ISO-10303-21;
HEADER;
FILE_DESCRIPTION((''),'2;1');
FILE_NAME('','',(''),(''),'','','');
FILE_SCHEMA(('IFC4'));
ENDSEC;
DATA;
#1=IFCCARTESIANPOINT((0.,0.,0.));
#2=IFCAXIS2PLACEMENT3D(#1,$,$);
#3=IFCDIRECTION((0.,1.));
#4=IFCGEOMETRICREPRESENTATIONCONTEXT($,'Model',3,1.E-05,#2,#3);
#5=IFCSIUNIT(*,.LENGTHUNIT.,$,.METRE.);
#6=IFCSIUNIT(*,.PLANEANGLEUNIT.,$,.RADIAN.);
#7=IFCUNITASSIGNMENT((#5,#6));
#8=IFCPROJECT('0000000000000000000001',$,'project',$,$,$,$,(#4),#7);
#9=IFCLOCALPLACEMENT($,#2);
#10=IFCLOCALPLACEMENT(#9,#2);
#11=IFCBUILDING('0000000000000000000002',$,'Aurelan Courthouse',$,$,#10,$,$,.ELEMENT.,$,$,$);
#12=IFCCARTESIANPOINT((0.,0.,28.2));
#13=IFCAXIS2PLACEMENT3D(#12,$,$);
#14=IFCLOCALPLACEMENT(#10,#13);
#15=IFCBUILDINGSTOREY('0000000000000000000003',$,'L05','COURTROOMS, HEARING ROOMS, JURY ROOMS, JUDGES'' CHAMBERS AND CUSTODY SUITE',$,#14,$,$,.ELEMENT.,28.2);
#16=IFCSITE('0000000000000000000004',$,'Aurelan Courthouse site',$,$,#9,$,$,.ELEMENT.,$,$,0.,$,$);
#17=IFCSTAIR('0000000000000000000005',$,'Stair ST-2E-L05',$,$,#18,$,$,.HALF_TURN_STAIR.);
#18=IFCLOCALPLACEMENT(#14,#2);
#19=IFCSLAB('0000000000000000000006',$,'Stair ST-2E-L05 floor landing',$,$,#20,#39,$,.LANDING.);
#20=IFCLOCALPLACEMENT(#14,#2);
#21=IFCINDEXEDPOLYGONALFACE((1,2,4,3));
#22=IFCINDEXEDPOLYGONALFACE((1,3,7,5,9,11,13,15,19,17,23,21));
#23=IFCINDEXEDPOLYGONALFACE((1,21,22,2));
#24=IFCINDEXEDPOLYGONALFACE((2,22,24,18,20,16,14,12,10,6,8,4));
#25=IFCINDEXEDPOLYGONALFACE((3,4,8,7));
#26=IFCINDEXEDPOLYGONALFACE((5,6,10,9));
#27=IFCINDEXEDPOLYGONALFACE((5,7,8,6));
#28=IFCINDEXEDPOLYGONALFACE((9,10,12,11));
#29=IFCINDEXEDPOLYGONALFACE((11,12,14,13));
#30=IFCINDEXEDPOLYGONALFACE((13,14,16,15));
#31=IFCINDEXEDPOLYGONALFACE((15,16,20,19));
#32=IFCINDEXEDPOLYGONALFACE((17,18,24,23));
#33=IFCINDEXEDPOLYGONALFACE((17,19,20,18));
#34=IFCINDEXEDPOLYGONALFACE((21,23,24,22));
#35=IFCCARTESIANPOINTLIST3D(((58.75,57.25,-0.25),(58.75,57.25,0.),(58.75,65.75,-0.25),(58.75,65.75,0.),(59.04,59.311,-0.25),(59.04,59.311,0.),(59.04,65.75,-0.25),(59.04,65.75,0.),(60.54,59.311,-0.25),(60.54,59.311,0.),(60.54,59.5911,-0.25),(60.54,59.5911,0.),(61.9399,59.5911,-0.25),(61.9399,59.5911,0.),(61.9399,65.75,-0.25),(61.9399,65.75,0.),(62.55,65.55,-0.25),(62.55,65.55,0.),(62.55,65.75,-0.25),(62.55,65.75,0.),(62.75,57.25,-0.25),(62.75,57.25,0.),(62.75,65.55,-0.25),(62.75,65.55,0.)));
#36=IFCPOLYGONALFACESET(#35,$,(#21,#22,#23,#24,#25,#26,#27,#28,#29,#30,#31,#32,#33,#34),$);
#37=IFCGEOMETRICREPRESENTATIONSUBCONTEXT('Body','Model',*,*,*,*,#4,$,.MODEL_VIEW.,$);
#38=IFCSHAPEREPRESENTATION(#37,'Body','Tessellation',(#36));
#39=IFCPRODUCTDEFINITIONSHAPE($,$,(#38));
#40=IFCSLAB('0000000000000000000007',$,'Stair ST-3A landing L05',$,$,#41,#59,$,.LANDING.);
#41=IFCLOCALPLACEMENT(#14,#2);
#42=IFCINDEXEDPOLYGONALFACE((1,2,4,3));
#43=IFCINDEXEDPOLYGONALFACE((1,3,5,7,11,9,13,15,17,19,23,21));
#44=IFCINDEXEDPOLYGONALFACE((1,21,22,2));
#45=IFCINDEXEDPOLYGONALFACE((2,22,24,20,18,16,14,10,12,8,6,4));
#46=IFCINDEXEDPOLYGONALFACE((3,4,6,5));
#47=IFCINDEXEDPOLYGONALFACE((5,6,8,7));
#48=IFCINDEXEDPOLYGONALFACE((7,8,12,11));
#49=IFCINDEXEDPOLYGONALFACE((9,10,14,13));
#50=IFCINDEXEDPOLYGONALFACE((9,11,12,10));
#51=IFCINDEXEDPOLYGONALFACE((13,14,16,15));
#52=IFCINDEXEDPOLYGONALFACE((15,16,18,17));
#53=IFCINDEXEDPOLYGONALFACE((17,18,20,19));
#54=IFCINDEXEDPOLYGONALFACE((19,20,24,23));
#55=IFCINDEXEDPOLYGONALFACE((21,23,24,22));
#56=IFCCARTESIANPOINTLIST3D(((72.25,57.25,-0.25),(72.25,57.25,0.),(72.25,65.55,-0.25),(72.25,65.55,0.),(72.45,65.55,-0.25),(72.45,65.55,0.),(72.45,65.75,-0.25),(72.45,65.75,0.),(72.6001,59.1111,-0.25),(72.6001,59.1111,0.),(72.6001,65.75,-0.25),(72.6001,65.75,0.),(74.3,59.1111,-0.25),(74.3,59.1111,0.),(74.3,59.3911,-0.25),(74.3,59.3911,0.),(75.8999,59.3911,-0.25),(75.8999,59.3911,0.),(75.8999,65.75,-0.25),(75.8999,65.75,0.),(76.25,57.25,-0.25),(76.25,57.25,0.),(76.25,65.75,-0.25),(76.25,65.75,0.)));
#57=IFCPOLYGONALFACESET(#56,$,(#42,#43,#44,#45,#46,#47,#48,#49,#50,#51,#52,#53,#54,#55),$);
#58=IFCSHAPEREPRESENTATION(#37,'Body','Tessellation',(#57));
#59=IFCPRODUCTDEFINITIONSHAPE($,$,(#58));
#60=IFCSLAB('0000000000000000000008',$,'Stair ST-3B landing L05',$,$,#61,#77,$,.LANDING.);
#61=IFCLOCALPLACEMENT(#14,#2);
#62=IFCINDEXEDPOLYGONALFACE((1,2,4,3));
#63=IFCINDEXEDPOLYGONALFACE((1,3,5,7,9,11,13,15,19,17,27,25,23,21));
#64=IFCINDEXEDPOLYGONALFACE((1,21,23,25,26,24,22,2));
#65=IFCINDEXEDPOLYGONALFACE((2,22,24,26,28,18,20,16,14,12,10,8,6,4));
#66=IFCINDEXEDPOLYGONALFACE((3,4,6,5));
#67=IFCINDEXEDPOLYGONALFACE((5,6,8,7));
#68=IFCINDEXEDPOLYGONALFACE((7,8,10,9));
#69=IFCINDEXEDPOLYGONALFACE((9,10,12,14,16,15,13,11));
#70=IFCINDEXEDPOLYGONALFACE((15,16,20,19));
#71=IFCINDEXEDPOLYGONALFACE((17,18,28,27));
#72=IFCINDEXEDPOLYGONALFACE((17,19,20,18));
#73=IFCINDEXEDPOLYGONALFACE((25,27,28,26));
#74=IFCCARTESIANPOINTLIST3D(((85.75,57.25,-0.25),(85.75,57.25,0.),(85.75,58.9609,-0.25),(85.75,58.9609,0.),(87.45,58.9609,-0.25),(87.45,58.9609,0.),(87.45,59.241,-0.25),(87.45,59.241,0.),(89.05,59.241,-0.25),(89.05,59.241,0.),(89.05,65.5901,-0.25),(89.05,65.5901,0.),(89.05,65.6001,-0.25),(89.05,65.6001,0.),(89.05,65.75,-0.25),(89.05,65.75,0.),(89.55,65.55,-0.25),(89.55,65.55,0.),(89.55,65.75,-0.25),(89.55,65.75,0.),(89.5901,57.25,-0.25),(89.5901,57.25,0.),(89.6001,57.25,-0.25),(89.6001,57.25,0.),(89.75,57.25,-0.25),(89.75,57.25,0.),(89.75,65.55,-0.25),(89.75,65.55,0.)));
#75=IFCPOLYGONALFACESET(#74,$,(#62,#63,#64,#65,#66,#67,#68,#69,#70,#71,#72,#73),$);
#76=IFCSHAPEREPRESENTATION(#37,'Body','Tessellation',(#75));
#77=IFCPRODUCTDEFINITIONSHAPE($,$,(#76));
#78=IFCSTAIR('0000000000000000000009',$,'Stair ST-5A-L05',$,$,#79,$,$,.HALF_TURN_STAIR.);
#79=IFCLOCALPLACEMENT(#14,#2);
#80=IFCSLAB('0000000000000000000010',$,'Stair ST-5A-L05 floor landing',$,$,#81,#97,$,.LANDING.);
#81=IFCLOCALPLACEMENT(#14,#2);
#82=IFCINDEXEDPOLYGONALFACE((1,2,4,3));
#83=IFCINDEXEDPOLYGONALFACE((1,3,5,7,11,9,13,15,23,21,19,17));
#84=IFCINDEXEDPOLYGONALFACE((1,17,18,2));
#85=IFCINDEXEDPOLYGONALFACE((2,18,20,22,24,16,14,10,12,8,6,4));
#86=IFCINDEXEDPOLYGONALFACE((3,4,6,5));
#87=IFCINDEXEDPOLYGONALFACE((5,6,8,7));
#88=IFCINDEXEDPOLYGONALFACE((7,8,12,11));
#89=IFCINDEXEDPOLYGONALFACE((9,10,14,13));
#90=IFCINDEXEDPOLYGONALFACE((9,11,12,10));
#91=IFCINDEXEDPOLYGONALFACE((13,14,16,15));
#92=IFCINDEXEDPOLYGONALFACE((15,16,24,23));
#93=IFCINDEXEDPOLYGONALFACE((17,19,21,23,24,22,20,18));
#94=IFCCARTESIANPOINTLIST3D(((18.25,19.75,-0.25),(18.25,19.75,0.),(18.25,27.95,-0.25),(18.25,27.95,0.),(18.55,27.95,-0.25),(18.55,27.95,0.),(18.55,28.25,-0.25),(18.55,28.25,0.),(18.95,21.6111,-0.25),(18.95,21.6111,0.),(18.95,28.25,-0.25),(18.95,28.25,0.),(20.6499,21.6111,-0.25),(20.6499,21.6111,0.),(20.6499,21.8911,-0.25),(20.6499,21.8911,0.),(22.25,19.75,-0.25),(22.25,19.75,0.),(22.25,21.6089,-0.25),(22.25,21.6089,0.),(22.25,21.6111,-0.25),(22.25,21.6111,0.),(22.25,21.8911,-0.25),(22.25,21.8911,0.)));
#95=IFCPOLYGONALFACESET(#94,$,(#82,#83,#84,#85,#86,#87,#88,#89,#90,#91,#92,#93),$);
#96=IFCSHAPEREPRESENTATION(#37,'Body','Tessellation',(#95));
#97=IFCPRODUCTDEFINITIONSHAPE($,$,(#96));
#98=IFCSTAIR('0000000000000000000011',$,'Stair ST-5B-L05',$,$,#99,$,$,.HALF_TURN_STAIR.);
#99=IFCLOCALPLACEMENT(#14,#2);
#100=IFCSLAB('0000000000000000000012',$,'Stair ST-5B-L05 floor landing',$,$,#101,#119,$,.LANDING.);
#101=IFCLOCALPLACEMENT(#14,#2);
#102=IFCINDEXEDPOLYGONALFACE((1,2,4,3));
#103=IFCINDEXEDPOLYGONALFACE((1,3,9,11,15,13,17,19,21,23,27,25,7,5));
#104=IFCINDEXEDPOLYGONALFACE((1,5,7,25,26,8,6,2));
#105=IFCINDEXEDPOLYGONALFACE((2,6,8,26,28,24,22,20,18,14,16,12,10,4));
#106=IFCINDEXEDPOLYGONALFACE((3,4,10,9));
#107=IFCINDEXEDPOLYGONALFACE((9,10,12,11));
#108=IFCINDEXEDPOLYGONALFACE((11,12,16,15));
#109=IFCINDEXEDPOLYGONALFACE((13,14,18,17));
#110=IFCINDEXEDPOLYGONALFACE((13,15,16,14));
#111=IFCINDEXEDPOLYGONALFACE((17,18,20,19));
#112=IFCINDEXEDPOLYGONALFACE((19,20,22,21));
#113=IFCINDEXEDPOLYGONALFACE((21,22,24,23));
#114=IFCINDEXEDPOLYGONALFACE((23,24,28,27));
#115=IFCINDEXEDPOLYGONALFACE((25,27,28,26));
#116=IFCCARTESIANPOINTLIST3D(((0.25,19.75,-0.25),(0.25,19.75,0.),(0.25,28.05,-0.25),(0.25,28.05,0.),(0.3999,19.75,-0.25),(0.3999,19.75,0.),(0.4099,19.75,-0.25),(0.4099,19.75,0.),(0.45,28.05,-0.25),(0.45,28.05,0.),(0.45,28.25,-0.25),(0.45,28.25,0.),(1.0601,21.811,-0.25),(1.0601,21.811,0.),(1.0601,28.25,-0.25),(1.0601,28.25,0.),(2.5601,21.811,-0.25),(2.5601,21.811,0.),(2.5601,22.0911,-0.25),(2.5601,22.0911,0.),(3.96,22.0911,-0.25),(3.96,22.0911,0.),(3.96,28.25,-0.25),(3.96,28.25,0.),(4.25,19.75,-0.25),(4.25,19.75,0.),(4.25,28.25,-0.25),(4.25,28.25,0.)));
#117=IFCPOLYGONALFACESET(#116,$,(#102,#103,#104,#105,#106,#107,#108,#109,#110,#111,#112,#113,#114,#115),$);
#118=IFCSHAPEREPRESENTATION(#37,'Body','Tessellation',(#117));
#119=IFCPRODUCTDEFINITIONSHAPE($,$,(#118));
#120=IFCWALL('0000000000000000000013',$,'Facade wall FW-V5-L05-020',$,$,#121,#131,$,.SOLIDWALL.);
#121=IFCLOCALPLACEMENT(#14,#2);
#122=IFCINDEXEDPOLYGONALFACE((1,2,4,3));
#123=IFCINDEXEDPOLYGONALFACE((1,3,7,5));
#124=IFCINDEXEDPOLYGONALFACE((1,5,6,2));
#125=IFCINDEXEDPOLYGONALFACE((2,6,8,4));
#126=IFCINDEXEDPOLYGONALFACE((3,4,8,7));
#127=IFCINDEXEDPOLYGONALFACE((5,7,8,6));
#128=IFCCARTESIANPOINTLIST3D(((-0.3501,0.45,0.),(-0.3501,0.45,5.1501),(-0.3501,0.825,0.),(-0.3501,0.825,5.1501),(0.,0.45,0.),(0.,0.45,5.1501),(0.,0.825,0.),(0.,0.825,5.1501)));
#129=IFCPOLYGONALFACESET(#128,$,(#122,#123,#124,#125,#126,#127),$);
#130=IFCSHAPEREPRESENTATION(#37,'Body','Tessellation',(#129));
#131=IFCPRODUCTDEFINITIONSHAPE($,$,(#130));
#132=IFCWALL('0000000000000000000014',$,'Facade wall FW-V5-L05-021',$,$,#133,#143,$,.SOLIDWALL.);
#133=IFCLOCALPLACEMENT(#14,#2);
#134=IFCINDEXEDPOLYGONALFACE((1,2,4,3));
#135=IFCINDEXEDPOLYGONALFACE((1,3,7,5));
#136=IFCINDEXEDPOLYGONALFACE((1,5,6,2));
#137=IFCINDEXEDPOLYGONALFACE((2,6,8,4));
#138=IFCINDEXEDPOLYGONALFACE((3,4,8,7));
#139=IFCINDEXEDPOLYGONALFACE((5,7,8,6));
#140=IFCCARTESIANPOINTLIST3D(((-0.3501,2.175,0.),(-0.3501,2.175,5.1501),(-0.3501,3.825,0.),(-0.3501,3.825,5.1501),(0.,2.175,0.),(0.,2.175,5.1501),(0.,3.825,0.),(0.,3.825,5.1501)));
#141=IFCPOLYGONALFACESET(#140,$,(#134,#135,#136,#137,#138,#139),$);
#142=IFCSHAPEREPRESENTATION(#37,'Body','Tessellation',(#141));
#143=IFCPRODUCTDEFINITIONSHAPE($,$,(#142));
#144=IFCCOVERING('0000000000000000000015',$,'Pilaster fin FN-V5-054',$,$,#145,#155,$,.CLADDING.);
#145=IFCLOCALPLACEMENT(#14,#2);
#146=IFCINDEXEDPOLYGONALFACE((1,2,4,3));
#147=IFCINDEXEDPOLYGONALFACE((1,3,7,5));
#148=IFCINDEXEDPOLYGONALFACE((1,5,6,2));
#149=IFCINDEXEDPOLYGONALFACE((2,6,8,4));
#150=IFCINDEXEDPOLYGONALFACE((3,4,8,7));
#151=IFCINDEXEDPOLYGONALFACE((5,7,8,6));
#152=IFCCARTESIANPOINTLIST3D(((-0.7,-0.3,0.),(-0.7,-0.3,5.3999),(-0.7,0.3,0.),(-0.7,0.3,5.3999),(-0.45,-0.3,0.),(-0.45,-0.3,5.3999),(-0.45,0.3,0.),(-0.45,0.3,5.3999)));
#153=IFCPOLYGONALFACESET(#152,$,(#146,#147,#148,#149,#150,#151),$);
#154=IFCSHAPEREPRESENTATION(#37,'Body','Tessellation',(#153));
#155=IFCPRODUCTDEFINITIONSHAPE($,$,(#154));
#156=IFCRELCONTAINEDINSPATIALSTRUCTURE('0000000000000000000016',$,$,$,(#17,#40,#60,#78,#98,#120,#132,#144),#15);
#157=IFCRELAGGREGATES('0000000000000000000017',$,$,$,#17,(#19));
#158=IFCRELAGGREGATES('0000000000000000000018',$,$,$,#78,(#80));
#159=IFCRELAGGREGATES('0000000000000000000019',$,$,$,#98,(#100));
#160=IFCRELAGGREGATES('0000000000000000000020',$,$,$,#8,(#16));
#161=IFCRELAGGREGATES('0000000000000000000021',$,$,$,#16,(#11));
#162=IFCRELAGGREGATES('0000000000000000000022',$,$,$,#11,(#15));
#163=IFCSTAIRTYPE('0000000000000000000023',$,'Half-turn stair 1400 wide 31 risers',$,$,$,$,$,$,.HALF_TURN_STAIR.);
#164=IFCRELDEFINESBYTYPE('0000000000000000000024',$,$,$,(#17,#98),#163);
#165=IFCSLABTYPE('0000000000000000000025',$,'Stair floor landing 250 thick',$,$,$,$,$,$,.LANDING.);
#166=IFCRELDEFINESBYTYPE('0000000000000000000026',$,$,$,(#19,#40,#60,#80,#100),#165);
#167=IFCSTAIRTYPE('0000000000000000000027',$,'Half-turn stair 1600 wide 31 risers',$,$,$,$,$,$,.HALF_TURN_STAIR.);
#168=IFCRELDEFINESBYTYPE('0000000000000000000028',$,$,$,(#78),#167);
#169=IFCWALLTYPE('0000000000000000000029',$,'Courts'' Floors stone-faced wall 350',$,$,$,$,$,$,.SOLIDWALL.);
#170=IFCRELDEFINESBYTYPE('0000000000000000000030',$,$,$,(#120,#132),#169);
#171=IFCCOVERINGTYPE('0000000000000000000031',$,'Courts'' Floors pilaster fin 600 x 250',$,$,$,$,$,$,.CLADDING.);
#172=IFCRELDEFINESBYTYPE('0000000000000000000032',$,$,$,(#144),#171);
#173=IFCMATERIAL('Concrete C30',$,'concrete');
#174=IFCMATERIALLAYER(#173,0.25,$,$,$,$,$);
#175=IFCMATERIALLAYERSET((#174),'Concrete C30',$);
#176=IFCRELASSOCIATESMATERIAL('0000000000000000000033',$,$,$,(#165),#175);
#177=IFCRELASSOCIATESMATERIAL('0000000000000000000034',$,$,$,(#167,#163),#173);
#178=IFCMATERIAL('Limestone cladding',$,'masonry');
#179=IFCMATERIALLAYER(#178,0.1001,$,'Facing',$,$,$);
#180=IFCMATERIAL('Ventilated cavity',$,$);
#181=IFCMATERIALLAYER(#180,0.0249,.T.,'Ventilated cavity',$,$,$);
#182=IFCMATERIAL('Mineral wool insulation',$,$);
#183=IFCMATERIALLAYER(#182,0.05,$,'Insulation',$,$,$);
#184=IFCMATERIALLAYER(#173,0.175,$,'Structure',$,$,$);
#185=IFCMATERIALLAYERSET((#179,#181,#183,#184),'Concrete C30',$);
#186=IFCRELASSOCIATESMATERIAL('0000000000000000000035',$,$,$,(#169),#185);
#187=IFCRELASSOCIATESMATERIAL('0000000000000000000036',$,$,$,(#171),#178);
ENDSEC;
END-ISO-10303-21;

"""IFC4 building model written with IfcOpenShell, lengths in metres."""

from ifc_helpers import new_model, si_unit, direction, frame, frame_2d, origin, origin_2d, place, context, subcontext, project, spatial, polyline, rectangle, outline, extrude, material, layer, layer_set, type_object, element, aggregate, save


model = new_model("IFC4")

# Units and contexts
model_context = context("Model", 3, precision=1e-05, world=origin(), true_north=direction((0.0, 1.0)))
body_context = subcontext(model_context, "Body", "Model", "MODEL_VIEW")
ifc_project = project(units=[si_unit("LENGTHUNIT", "METRE"), si_unit("PLANEANGLEUNIT", "RADIAN")], contexts=[model_context])

# Site, building, storey
site_placement = place(None, origin())
site = spatial("IfcSite", under=ifc_project, at=site_placement, Name="Aurelan Courthouse site", CompositionType="ELEMENT", RefElevation=0.0)
building_placement = place(site_placement, origin())
building = spatial("IfcBuilding", under=site, at=building_placement, Name="Aurelan Courthouse", CompositionType="ELEMENT")
storey_placement = place(building_placement, frame((0.0, 0.0, 28.2)))
storey = spatial("IfcBuildingStorey", under=building, at=storey_placement, Name="L05", Description="COURTROOMS, HEARING ROOMS, JURY ROOMS, JUDGES' CHAMBERS AND CUSTODY SUITE", CompositionType="ELEMENT", Elevation=28.2)

# Stair, slab
ifc_material_1 = material(Name="Concrete C30", Category="concrete")
ifc_layer_1 = layer(ifc_material_1, 0.25)
ifc_layer_set_1 = layer_set([ifc_layer_1], Name="Concrete C30")
slab_type_1 = type_object("IfcSlabType", Name="Stair floor landing 250 thick", PredefinedType="LANDING", material=ifc_layer_set_1)
stair_type_1 = type_object("IfcStairType", Name="Half-turn stair 1600 wide 31 risers", PredefinedType="HALF_TURN_STAIR", material=ifc_material_1)
stair_type_2 = type_object("IfcStairType", Name="Half-turn stair 1400 wide 31 risers", PredefinedType="HALF_TURN_STAIR", material=ifc_material_1)
stair_1_placement = place(storey_placement, origin())
stair_1 = element("IfcStair", 1, at=stair_1_placement, inside=storey, type_object=stair_type_2, Name="Stair ST-2E-L05", PredefinedType="HALF_TURN_STAIR")
slab_1_placement = place(storey_placement, frame((0.0, 0.0, -0.25)))
slab_1 = element("IfcSlab", 2, at=slab_1_placement, type_object=slab_type_1, Name="Stair ST-2E-L05 floor landing", PredefinedType="LANDING", context=body_context, shape_type="SweptSolid", body=[
    extrude(outline(polyline([(59.04, 59.311), (60.54, 59.311), (60.54, 59.5911), (61.9399, 59.5911), (61.9399, 65.75), (62.55, 65.75), (62.55, 65.55), (62.75, 65.55), (62.75, 57.25), (58.75, 57.25), (58.75, 65.75), (59.04, 65.75), (59.04, 59.311)])), origin(), (0.0, 0.0, 1.0), 0.25),
])
aggregate(stair_1, [slab_1])

# Slabs
slab_2_placement = place(storey_placement, frame((0.0, 0.0, -0.25)))
element("IfcSlab", 3, at=slab_2_placement, inside=storey, type_object=slab_type_1, Name="Stair ST-3A landing L05", PredefinedType="LANDING", context=body_context, shape_type="SweptSolid", body=[
    extrude(outline(polyline([(72.6001, 59.1111), (74.3, 59.1111), (74.3, 59.3911), (75.8999, 59.3911), (75.8999, 65.75), (76.25, 65.75), (76.25, 57.25), (72.25, 57.25), (72.25, 65.55), (72.45, 65.55), (72.45, 65.75), (72.6001, 65.75), (72.6001, 59.1111)])), origin(), (0.0, 0.0, 1.0), 0.25),
])
slab_3_placement = place(storey_placement, frame((0.0, 0.0, -0.25)))
element("IfcSlab", 4, at=slab_3_placement, inside=storey, type_object=slab_type_1, Name="Stair ST-3B landing L05", PredefinedType="LANDING", context=body_context, shape_type="SweptSolid", body=[
    extrude(outline(polyline([(89.05, 59.241), (89.05, 65.5901), (89.05, 65.6001), (89.05, 65.75), (89.55, 65.75), (89.55, 65.55), (89.75, 65.55), (89.75, 57.25), (89.6001, 57.25), (89.5901, 57.25), (85.75, 57.25), (85.75, 58.9609), (87.45, 58.9609), (87.45, 59.241), (89.05, 59.241)])), origin(), (0.0, 0.0, 1.0), 0.25),
])

# Stairs, slabs
stair_2_placement = place(storey_placement, origin())
stair_2 = element("IfcStair", 5, at=stair_2_placement, inside=storey, type_object=stair_type_1, Name="Stair ST-5A-L05", PredefinedType="HALF_TURN_STAIR")
slab_4_placement = place(storey_placement, frame((0.0, 0.0, -0.25)))
slab_4 = element("IfcSlab", 6, at=slab_4_placement, type_object=slab_type_1, Name="Stair ST-5A-L05 floor landing", PredefinedType="LANDING", context=body_context, shape_type="SweptSolid", body=[
    extrude(outline(polyline([(18.95, 21.6111), (20.6499, 21.6111), (20.6499, 21.8911), (22.25, 21.8911), (22.25, 21.6111), (22.25, 21.6089), (22.25, 19.75), (18.25, 19.75), (18.25, 27.95), (18.55, 27.95), (18.55, 28.25), (18.95, 28.25), (18.95, 21.6111)])), origin(), (0.0, 0.0, 1.0), 0.25),
])
aggregate(stair_2, [slab_4])
stair_3_placement = place(storey_placement, origin())
stair_3 = element("IfcStair", 7, at=stair_3_placement, inside=storey, type_object=stair_type_2, Name="Stair ST-5B-L05", PredefinedType="HALF_TURN_STAIR")
slab_5_placement = place(storey_placement, frame((0.0, 0.0, -0.25)))
slab_5 = element("IfcSlab", 8, at=slab_5_placement, type_object=slab_type_1, Name="Stair ST-5B-L05 floor landing", PredefinedType="LANDING", context=body_context, shape_type="SweptSolid", body=[
    extrude(outline(polyline([(1.0601, 28.25), (1.0601, 21.811), (2.5601, 21.811), (2.5601, 22.0911), (3.96, 22.0911), (3.96, 28.25), (4.25, 28.25), (4.25, 19.75), (0.4099, 19.75), (0.3999, 19.75), (0.25, 19.75), (0.25, 28.05), (0.45, 28.05), (0.45, 28.25), (1.0601, 28.25)])), origin(), (0.0, 0.0, 1.0), 0.25),
])
aggregate(stair_3, [slab_5])

# Walls
ifc_material_2 = material(Name="Limestone cladding", Category="masonry")
ifc_layer_2 = layer(ifc_material_2, 0.1001, Name="Facing")
ifc_material_3 = material(Name="Ventilated cavity")
ifc_layer_3 = layer(ifc_material_3, 0.0249, ventilated=True, Name="Ventilated cavity")
ifc_material_4 = material(Name="Mineral wool insulation")
ifc_layer_4 = layer(ifc_material_4, 0.05, Name="Insulation")
ifc_layer_5 = layer(ifc_material_1, 0.175, Name="Structure")
ifc_layer_set_2 = layer_set([ifc_layer_2, ifc_layer_3, ifc_layer_4, ifc_layer_5], Name="Concrete C30")
wall_type = type_object("IfcWallType", Name="Courts' Floors stone-faced wall 350", PredefinedType="SOLIDWALL", material=ifc_layer_set_2)
wall_1_placement = place(storey_placement, frame((-0.175, 0.45, 0.0), z_axis=(0.0, 0.0, 1.0), x_axis=(0.0, 1.0, 0.0)))
element("IfcWall", 9, at=wall_1_placement, inside=storey, type_object=wall_type, Name="Facade wall FW-V5-L05-020", PredefinedType="SOLIDWALL", context=body_context, shape_type="SweptSolid", body=[
    extrude(rectangle(XDim=0.375, YDim=0.3501, at=frame_2d((0.1875, 0.0))), origin(), (0.0, 0.0, 1.0), 5.1501),
])
wall_2_placement = place(storey_placement, frame((-0.175, 2.175, 0.0), z_axis=(0.0, 0.0, 1.0), x_axis=(0.0, 1.0, 0.0)))
element("IfcWall", 10, at=wall_2_placement, inside=storey, type_object=wall_type, Name="Facade wall FW-V5-L05-021", PredefinedType="SOLIDWALL", context=body_context, shape_type="SweptSolid", body=[
    extrude(rectangle(XDim=1.6499, YDim=0.3501, at=frame_2d((0.825, 0.0))), origin(), (0.0, 0.0, 1.0), 5.1501),
])

# Covering
covering_type_1 = type_object("IfcCoveringType", Name="Courts' Floors pilaster fin 600 x 250", PredefinedType="CLADDING", material=ifc_material_2)
covering_placement = place(storey_placement, frame((-0.575, 0.0, 0.0), z_axis=(0.0, 0.0, 1.0), x_axis=(1.0, 0.0, 0.0)))
element("IfcCovering", 11, at=covering_placement, inside=storey, type_object=covering_type_1, Name="Pilaster fin FN-V5-054", PredefinedType="CLADDING", context=body_context, shape_type="SweptSolid", body=[
    extrude(rectangle(XDim=0.25, YDim=0.6001, at=origin_2d()), origin(), (0.0, 0.0, 1.0), 5.3999),
])

save(model, "model.ifc")
